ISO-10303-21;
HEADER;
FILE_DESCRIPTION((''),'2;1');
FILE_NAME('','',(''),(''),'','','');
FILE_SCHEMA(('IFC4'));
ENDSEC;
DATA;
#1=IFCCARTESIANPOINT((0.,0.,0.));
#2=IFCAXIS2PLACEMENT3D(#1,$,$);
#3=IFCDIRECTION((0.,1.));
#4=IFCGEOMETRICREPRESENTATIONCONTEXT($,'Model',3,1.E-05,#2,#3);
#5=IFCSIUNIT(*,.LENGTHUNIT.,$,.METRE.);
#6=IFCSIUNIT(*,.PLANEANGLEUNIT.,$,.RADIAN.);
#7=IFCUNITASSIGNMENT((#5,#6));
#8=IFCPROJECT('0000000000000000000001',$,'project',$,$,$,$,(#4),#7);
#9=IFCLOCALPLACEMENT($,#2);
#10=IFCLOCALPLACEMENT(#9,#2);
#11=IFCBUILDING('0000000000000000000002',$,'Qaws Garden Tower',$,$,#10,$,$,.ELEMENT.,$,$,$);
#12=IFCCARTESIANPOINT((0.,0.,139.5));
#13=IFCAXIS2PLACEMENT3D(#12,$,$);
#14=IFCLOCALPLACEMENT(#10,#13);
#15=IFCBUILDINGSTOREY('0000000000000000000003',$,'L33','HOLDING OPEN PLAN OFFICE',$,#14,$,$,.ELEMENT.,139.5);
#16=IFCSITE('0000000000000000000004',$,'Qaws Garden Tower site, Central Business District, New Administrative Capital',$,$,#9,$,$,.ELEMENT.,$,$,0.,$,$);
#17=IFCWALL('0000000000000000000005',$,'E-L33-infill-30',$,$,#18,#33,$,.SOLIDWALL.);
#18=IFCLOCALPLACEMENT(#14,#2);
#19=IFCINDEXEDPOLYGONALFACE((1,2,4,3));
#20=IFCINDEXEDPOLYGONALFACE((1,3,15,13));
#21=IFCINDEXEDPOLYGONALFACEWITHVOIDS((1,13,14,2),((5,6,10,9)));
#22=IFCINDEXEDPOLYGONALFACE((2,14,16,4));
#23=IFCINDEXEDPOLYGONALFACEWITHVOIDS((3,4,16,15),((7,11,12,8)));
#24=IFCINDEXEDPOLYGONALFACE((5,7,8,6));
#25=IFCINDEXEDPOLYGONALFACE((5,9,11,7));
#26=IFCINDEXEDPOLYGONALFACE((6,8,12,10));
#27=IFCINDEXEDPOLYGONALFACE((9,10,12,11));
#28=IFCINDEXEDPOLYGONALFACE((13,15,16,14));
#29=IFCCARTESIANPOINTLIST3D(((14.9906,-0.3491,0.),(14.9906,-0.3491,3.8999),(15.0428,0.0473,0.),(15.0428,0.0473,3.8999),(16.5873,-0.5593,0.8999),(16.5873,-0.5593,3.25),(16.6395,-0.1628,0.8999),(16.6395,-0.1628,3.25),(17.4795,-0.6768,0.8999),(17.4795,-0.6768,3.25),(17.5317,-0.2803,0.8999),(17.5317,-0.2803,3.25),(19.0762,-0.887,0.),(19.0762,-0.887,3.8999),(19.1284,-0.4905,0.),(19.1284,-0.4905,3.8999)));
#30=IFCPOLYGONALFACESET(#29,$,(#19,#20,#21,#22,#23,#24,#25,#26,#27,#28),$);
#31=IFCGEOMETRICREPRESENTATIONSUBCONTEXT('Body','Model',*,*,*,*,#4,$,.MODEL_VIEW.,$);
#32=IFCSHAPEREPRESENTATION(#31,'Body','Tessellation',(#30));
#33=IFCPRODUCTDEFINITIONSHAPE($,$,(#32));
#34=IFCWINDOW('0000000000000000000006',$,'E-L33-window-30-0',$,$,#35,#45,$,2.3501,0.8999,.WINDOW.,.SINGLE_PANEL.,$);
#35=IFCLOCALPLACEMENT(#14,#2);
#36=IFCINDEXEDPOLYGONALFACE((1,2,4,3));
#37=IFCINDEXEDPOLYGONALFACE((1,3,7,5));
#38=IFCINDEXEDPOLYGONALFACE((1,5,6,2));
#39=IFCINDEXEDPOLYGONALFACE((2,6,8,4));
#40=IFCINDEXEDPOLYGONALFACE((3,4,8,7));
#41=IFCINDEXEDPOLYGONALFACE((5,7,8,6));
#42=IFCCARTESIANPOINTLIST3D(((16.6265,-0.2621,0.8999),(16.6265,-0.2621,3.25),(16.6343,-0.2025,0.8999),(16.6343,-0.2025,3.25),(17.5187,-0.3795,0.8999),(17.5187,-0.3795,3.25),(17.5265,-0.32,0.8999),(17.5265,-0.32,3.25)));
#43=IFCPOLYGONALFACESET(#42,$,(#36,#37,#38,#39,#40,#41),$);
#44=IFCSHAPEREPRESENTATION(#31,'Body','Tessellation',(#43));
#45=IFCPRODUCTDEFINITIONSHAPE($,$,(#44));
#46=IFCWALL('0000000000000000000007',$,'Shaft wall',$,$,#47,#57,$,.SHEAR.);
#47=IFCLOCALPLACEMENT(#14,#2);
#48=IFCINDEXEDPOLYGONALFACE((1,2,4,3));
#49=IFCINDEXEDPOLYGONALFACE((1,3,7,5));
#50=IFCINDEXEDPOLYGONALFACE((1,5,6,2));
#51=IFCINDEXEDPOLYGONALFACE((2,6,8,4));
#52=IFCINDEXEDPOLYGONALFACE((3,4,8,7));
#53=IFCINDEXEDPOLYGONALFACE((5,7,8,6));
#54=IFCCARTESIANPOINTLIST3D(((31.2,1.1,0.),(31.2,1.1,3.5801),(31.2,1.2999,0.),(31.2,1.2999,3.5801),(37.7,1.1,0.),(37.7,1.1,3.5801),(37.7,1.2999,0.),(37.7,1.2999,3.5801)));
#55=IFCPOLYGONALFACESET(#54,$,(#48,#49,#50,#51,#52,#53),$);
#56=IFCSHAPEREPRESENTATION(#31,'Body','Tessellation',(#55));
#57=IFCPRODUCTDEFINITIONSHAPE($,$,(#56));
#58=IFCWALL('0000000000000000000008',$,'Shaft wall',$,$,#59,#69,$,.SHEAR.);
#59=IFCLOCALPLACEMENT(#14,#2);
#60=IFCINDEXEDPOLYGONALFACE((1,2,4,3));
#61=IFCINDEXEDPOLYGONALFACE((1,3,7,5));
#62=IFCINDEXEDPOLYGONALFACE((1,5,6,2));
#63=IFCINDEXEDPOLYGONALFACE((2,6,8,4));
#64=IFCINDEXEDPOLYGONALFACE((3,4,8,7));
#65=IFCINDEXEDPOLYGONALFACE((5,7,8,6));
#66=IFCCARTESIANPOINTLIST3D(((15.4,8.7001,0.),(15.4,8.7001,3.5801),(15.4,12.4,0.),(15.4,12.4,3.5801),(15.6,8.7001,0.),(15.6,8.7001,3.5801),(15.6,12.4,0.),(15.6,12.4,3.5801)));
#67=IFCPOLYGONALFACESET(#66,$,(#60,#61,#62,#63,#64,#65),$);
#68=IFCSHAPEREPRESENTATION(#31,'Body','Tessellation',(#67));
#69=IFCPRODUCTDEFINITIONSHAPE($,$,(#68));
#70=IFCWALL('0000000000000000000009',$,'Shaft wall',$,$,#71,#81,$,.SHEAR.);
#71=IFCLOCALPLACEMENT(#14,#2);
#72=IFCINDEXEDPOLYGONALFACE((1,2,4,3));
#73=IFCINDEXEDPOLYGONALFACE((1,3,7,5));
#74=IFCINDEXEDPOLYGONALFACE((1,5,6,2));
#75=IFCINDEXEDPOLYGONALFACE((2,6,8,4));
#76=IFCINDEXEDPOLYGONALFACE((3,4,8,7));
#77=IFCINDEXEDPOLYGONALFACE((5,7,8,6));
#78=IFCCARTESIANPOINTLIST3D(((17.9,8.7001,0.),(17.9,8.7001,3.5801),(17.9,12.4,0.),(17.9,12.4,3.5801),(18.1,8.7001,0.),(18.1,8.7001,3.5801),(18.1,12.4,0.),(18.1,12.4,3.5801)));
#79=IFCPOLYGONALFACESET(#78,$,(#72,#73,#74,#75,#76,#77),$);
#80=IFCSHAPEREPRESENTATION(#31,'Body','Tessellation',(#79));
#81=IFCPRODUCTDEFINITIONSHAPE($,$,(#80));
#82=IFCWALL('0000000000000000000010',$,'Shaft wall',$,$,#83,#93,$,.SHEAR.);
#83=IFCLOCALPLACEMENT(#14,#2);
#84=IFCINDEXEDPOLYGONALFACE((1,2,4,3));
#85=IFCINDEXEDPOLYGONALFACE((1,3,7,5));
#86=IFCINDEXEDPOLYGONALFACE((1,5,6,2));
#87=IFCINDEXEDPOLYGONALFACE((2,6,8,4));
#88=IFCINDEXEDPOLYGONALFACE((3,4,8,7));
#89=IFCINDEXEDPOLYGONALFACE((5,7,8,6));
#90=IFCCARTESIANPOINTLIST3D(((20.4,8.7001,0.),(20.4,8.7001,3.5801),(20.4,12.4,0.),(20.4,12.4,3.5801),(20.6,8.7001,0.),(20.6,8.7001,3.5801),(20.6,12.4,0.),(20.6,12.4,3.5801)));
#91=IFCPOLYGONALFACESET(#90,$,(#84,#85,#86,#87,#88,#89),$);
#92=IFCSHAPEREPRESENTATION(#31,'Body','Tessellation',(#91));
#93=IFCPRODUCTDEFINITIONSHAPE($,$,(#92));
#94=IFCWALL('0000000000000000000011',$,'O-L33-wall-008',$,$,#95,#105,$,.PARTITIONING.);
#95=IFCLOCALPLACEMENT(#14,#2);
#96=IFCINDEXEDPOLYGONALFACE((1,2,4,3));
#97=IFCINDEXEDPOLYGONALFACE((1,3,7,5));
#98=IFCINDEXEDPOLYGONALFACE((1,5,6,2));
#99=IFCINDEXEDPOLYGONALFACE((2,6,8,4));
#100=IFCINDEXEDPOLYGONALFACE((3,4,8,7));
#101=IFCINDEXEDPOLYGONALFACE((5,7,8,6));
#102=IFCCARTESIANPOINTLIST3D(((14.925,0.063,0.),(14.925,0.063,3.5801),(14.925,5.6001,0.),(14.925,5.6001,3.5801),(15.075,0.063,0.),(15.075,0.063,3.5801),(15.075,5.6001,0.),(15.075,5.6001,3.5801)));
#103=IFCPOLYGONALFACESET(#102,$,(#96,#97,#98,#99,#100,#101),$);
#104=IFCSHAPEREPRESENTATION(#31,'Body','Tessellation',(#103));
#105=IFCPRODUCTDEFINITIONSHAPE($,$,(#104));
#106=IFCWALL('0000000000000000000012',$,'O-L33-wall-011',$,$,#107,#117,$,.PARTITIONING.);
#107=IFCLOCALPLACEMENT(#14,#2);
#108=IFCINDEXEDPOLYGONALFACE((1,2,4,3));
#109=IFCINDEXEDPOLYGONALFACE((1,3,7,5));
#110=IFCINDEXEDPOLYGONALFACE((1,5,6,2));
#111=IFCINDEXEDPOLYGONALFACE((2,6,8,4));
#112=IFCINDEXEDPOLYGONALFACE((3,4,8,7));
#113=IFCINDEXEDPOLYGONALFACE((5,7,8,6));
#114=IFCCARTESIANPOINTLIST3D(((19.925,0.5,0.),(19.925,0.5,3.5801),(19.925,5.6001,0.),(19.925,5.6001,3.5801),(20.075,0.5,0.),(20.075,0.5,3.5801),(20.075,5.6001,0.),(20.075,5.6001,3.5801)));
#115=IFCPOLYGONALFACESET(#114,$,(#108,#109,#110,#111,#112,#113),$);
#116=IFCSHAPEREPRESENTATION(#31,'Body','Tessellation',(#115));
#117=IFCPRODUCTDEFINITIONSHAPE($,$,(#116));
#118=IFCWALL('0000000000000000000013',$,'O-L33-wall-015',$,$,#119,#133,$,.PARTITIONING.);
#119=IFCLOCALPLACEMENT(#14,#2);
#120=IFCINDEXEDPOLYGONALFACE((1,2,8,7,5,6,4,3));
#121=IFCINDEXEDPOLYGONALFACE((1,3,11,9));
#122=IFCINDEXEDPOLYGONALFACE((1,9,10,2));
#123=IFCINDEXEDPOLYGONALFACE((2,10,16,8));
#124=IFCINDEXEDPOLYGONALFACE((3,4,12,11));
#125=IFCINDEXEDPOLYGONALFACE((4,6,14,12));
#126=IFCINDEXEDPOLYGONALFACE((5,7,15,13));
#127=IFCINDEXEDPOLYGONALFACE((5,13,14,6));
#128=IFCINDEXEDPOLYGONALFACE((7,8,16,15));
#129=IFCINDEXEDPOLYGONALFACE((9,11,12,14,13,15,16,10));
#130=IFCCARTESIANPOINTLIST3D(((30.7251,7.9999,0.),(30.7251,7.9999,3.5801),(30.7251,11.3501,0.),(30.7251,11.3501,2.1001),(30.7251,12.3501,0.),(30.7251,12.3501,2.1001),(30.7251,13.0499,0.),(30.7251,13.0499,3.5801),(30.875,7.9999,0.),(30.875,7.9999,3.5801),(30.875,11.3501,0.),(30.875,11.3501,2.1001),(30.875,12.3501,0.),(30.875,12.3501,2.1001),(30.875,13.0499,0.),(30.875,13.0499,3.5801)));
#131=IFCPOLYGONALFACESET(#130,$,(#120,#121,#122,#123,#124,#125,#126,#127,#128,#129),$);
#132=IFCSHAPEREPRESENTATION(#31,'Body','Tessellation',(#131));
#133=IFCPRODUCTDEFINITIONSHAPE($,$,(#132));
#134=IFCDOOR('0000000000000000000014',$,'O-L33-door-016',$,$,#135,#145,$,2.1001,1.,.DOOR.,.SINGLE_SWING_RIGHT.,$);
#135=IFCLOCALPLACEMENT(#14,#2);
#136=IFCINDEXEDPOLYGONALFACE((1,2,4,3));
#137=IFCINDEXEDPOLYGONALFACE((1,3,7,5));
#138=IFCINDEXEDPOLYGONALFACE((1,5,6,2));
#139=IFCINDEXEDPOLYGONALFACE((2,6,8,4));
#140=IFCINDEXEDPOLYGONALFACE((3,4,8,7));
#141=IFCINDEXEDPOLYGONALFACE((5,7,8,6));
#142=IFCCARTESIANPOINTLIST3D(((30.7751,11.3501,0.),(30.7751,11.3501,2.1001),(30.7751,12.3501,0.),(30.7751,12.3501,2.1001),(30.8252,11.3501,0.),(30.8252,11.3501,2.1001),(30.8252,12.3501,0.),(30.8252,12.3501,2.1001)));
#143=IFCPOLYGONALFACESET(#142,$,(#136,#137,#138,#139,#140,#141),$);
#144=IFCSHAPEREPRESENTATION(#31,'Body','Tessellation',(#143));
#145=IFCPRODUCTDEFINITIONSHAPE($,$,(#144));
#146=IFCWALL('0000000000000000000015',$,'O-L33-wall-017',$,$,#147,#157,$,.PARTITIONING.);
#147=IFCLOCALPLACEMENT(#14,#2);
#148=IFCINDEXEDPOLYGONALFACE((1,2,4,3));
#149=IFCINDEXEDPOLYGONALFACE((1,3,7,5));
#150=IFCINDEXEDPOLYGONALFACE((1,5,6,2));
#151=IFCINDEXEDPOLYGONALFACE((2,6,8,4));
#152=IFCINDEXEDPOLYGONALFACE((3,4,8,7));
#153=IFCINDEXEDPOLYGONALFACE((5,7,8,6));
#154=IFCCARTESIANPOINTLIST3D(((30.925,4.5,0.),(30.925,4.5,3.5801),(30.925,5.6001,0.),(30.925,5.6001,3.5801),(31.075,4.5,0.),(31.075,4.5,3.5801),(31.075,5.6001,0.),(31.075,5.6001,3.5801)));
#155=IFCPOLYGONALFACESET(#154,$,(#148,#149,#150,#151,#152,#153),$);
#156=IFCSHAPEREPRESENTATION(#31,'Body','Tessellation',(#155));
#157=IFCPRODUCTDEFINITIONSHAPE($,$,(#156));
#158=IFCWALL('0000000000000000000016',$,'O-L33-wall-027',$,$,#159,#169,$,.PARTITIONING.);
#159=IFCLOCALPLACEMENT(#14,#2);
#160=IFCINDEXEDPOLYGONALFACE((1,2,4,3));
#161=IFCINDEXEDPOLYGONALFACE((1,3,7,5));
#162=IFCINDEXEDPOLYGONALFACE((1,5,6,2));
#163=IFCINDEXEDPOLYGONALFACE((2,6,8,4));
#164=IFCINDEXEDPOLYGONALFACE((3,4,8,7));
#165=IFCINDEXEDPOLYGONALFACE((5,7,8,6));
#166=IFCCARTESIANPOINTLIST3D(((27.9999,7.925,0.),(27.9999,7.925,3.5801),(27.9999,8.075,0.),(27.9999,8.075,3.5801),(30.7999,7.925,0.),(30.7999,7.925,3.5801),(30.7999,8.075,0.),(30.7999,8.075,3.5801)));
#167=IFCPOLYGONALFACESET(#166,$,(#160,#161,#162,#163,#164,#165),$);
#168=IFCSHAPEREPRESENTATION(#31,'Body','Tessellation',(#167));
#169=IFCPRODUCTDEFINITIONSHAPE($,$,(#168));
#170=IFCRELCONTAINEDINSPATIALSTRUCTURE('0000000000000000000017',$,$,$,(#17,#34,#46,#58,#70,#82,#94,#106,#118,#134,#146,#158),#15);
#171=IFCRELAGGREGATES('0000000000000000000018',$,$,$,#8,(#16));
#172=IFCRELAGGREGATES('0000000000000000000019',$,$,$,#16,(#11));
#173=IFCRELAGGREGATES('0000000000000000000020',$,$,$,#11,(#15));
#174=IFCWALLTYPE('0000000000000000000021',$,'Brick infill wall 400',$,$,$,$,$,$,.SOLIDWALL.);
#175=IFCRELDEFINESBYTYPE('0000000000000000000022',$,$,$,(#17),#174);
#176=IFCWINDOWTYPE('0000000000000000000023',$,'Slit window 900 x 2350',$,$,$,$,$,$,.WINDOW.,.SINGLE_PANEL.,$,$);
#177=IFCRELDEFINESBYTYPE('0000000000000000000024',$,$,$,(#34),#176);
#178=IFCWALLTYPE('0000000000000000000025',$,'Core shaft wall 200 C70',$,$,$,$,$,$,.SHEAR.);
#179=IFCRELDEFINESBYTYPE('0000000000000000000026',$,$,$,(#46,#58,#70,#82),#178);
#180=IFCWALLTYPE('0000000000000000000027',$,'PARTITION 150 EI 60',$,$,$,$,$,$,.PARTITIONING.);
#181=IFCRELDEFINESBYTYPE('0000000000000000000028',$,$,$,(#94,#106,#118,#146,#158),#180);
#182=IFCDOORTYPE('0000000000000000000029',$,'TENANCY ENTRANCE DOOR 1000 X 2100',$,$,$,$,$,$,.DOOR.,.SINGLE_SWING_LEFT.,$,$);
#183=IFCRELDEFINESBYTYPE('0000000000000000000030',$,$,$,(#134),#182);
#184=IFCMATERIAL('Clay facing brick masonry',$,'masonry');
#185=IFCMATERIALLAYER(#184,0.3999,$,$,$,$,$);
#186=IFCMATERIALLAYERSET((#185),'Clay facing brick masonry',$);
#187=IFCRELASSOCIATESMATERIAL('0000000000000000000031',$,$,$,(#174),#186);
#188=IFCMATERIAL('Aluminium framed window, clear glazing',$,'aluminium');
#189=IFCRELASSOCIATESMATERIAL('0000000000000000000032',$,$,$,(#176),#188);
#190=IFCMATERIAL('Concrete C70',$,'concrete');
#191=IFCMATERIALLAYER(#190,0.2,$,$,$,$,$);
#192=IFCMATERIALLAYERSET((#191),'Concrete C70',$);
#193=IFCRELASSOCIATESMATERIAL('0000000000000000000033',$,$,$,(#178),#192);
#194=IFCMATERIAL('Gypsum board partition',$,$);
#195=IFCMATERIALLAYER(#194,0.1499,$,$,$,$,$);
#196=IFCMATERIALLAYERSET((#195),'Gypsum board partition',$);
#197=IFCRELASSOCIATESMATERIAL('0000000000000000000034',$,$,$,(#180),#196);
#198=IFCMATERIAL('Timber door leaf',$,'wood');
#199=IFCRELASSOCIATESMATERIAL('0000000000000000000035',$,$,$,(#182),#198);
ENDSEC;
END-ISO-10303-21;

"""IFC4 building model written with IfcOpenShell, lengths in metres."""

from ifc_helpers import new_model, si_unit, direction, frame, frame_2d, origin, place, context, subcontext, project, spatial, rectangle, extrude, material, layer, layer_set, type_object, element, fill, save


model = new_model("IFC4")

# Units and contexts
model_context = context("Model", 3, precision=1e-05, world=origin(), true_north=direction((0.0, 1.0)))
body_context = subcontext(model_context, "Body", "Model", "MODEL_VIEW")
ifc_project = project(units=[si_unit("LENGTHUNIT", "METRE"), si_unit("PLANEANGLEUNIT", "RADIAN")], contexts=[model_context])

# Site, building, storey
site_placement = place(None, origin())
site = spatial("IfcSite", under=ifc_project, at=site_placement, Name="Qaws Garden Tower site, Central Business District, New Administrative Capital", CompositionType="ELEMENT", RefElevation=0.0)
building_placement = place(site_placement, origin())
building = spatial("IfcBuilding", under=site, at=building_placement, Name="Qaws Garden Tower", CompositionType="ELEMENT")
storey_placement = place(building_placement, frame((0.0, 0.0, 139.5)))
storey = spatial("IfcBuildingStorey", under=building, at=storey_placement, Name="L33", Description="HOLDING OPEN PLAN OFFICE", CompositionType="ELEMENT", Elevation=139.5)

# Shared definitions
ifc_material_1 = material(Name="Clay facing brick masonry", Category="masonry")
ifc_layer_1 = layer(ifc_material_1, 0.3999)
ifc_layer_set_1 = layer_set([ifc_layer_1], Name="Clay facing brick masonry")
wall_type_1 = type_object("IfcWallType", Name="Brick infill wall 400", PredefinedType="SOLIDWALL", material=ifc_layer_set_1)
ifc_material_2 = material(Name="Aluminium framed window, clear glazing", Category="aluminium")
window_type = type_object("IfcWindowType", Name="Slit window 900 x 2350", PartitioningType="SINGLE_PANEL", PredefinedType="WINDOW", material=ifc_material_2)

# Wall, opening, window
wall_1_placement = place(storey_placement, frame((15.0166, -0.1509, 0.0), z_axis=(0.0, 0.0, 1.0), x_axis=(0.991446, -0.130514, 0.0)))
wall_1 = element("IfcWall", 1, at=wall_1_placement, inside=storey, type_object=wall_type_1, Name="E-L33-infill-30", PredefinedType="SOLIDWALL", context=body_context, shape_type="SweptSolid", body=[
    extrude(rectangle(XDim=4.1208, YDim=0.3999, at=frame_2d((2.0605, 0.0))), origin(), (0.0, 0.0, 1.0), 3.8999),
])
opening_1_placement = place(wall_1_placement, frame((1.6106, 0.0, 0.8999)))
opening_1 = element("IfcOpeningElement", 2, at=opening_1_placement, cuts=wall_1, PredefinedType="OPENING", context=body_context, shape_type="SweptSolid", body=[
    extrude(rectangle(XDim=0.8999, YDim=2.3501, at=frame_2d((0.45, 1.175))), frame((0.0, 0.21, 0.0), z_axis=(0.0, -1.0, 0.0), x_axis=(1.0, 0.0, 0.0)), (0.0, 0.0, 1.0), 0.4199),
])
window_1_placement = place(opening_1_placement, origin())
window_1 = element("IfcWindow", 3, at=window_1_placement, inside=storey, type_object=window_type, Name="E-L33-window-30-0", OverallHeight=2.3501, OverallWidth=0.8999, PartitioningType="SINGLE_PANEL", PredefinedType="WINDOW", context=body_context, shape_type="SweptSolid", body=[
    extrude(rectangle(XDim=0.8999, YDim=2.3501, at=frame_2d((0.45, 1.175))), frame((0.0, 0.1599, 0.0), z_axis=(0.0, -1.0, 0.0), x_axis=(1.0, 0.0, 0.0)), (0.0, 0.0, 1.0), 0.0601),
])
fill(opening_1, window_1)

# Walls
ifc_material_3 = material(Name="Concrete C70", Category="concrete")
ifc_layer_2 = layer(ifc_material_3, 0.2)
ifc_layer_set_2 = layer_set([ifc_layer_2], Name="Concrete C70")
wall_type_2 = type_object("IfcWallType", Name="Core shaft wall 200 C70", PredefinedType="SHEAR", material=ifc_layer_set_2)
wall_2_placement = place(storey_placement, frame((31.2, 1.2, 0.0), z_axis=(0.0, 0.0, 1.0), x_axis=(1.0, 0.0, 0.0)))
element("IfcWall", 4, at=wall_2_placement, inside=storey, type_object=wall_type_2, Name="Shaft wall", PredefinedType="SHEAR", context=body_context, shape_type="SweptSolid", body=[
    extrude(rectangle(XDim=6.5, YDim=0.2, at=frame_2d((3.25, 0.0))), origin(), (0.0, 0.0, 1.0), 3.5801),
])
for number, where, z_axis, x_axis, name in (
    (5, (15.5, 8.7, 0.0), (0.0, 0.0, 1.0), (0.0, 1.0, 0.0), "Shaft wall"),
    (6, (18.0, 8.7, 0.0), (0.0, 0.0, 1.0), (0.0, 1.0, 0.0), "Shaft wall"),
    (7, (20.5, 8.7, 0.0), (0.0, 0.0, 1.0), (0.0, 1.0, 0.0), "Shaft wall"),
):
    element("IfcWall", number, at=place(storey_placement, frame(where, z_axis=z_axis, x_axis=x_axis)), inside=storey, type_object=wall_type_2, Name=name, PredefinedType="SHEAR", context=body_context, shape_type="SweptSolid", body=[
        extrude(rectangle(XDim=3.7, YDim=0.2, at=frame_2d((1.8501, 0.0))), origin(), (0.0, 0.0, 1.0), 3.5801),
    ])
ifc_material_4 = material(Name="Gypsum board partition")
ifc_layer_3 = layer(ifc_material_4, 0.1499)
ifc_layer_set_3 = layer_set([ifc_layer_3], Name="Gypsum board partition")
wall_type_3 = type_object("IfcWallType", Name="PARTITION 150 EI 60", PredefinedType="PARTITIONING", material=ifc_layer_set_3)
wall_3_placement = place(storey_placement, frame((15.0, 0.063, 0.0), z_axis=(0.0, 0.0, 1.0), x_axis=(0.0, 1.0, 0.0)))
element("IfcWall", 8, at=wall_3_placement, inside=storey, type_object=wall_type_3, Name="O-L33-wall-008", PredefinedType="PARTITIONING", context=body_context, shape_type="SweptSolid", body=[
    extrude(rectangle(XDim=5.5371, YDim=0.1499, at=frame_2d((2.7686, 0.0))), origin(), (0.0, 0.0, 1.0), 3.5801),
])
wall_4_placement = place(storey_placement, frame((20.0, 0.5, 0.0), z_axis=(0.0, 0.0, 1.0), x_axis=(0.0, 1.0, 0.0)))
element("IfcWall", 9, at=wall_4_placement, inside=storey, type_object=wall_type_3, Name="O-L33-wall-011", PredefinedType="PARTITIONING", context=body_context, shape_type="SweptSolid", body=[
    extrude(rectangle(XDim=5.1001, YDim=0.1499, at=frame_2d((2.55, 0.0))), origin(), (0.0, 0.0, 1.0), 3.5801),
])

# Wall, opening, door
wall_5_placement = place(storey_placement, frame((30.8, 8.0, 0.0), z_axis=(0.0, 0.0, 1.0), x_axis=(0.0, 1.0, 0.0)))
wall_5 = element("IfcWall", 10, at=wall_5_placement, inside=storey, type_object=wall_type_3, Name="O-L33-wall-015", PredefinedType="PARTITIONING", context=body_context, shape_type="SweptSolid", body=[
    extrude(rectangle(XDim=5.05, YDim=0.1499, at=frame_2d((2.5249, 0.0))), origin(), (0.0, 0.0, 1.0), 3.5801),
])
opening_2_placement = place(wall_5_placement, frame((3.3501, 0.0, 0.0)))
opening_2 = element("IfcOpeningElement", 11, at=opening_2_placement, cuts=wall_5, PredefinedType="OPENING", context=body_context, shape_type="SweptSolid", body=[
    extrude(rectangle(XDim=1.0, YDim=2.1001, at=frame_2d((0.5, 1.05))), frame((0.0, 0.085, 0.0), z_axis=(0.0, -1.0, 0.0), x_axis=(1.0, 0.0, 0.0)), (0.0, 0.0, 1.0), 0.1699),
])
ifc_material_5 = material(Name="Timber door leaf", Category="wood")
door_type = type_object("IfcDoorType", Name="TENANCY ENTRANCE DOOR 1000 X 2100", OperationType="SINGLE_SWING_LEFT", PredefinedType="DOOR", material=ifc_material_5)
door_placement = place(opening_2_placement, origin())
door = element("IfcDoor", 12, at=door_placement, inside=storey, type_object=door_type, Name="O-L33-door-016", OperationType="SINGLE_SWING_RIGHT", OverallHeight=2.1001, OverallWidth=1.0, PredefinedType="DOOR", context=body_context, shape_type="SweptSolid", body=[
    extrude(rectangle(XDim=1.0, YDim=2.1001, at=frame_2d((0.5, 1.05))), frame((0.0, 0.0249, 0.0), z_axis=(0.0, -1.0, 0.0), x_axis=(1.0, 0.0, 0.0)), (0.0, 0.0, 1.0), 0.05),
])
fill(opening_2, door)

# Walls
wall_6_placement = place(storey_placement, frame((31.0, 4.5, 0.0), z_axis=(0.0, 0.0, 1.0), x_axis=(0.0, 1.0, 0.0)))
element("IfcWall", 13, at=wall_6_placement, inside=storey, type_object=wall_type_3, Name="O-L33-wall-017", PredefinedType="PARTITIONING", context=body_context, shape_type="SweptSolid", body=[
    extrude(rectangle(XDim=1.1001, YDim=0.1499, at=frame_2d((0.55, 0.0))), origin(), (0.0, 0.0, 1.0), 3.5801),
])
wall_7_placement = place(storey_placement, frame((28.0, 8.0, 0.0), z_axis=(0.0, 0.0, 1.0), x_axis=(1.0, 0.0, 0.0)))
element("IfcWall", 14, at=wall_7_placement, inside=storey, type_object=wall_type_3, Name="O-L33-wall-027", PredefinedType="PARTITIONING", context=body_context, shape_type="SweptSolid", body=[
    extrude(rectangle(XDim=2.8, YDim=0.1499, at=frame_2d((1.3999, 0.0))), origin(), (0.0, 0.0, 1.0), 3.5801),
])

save(model, "model.ifc")
